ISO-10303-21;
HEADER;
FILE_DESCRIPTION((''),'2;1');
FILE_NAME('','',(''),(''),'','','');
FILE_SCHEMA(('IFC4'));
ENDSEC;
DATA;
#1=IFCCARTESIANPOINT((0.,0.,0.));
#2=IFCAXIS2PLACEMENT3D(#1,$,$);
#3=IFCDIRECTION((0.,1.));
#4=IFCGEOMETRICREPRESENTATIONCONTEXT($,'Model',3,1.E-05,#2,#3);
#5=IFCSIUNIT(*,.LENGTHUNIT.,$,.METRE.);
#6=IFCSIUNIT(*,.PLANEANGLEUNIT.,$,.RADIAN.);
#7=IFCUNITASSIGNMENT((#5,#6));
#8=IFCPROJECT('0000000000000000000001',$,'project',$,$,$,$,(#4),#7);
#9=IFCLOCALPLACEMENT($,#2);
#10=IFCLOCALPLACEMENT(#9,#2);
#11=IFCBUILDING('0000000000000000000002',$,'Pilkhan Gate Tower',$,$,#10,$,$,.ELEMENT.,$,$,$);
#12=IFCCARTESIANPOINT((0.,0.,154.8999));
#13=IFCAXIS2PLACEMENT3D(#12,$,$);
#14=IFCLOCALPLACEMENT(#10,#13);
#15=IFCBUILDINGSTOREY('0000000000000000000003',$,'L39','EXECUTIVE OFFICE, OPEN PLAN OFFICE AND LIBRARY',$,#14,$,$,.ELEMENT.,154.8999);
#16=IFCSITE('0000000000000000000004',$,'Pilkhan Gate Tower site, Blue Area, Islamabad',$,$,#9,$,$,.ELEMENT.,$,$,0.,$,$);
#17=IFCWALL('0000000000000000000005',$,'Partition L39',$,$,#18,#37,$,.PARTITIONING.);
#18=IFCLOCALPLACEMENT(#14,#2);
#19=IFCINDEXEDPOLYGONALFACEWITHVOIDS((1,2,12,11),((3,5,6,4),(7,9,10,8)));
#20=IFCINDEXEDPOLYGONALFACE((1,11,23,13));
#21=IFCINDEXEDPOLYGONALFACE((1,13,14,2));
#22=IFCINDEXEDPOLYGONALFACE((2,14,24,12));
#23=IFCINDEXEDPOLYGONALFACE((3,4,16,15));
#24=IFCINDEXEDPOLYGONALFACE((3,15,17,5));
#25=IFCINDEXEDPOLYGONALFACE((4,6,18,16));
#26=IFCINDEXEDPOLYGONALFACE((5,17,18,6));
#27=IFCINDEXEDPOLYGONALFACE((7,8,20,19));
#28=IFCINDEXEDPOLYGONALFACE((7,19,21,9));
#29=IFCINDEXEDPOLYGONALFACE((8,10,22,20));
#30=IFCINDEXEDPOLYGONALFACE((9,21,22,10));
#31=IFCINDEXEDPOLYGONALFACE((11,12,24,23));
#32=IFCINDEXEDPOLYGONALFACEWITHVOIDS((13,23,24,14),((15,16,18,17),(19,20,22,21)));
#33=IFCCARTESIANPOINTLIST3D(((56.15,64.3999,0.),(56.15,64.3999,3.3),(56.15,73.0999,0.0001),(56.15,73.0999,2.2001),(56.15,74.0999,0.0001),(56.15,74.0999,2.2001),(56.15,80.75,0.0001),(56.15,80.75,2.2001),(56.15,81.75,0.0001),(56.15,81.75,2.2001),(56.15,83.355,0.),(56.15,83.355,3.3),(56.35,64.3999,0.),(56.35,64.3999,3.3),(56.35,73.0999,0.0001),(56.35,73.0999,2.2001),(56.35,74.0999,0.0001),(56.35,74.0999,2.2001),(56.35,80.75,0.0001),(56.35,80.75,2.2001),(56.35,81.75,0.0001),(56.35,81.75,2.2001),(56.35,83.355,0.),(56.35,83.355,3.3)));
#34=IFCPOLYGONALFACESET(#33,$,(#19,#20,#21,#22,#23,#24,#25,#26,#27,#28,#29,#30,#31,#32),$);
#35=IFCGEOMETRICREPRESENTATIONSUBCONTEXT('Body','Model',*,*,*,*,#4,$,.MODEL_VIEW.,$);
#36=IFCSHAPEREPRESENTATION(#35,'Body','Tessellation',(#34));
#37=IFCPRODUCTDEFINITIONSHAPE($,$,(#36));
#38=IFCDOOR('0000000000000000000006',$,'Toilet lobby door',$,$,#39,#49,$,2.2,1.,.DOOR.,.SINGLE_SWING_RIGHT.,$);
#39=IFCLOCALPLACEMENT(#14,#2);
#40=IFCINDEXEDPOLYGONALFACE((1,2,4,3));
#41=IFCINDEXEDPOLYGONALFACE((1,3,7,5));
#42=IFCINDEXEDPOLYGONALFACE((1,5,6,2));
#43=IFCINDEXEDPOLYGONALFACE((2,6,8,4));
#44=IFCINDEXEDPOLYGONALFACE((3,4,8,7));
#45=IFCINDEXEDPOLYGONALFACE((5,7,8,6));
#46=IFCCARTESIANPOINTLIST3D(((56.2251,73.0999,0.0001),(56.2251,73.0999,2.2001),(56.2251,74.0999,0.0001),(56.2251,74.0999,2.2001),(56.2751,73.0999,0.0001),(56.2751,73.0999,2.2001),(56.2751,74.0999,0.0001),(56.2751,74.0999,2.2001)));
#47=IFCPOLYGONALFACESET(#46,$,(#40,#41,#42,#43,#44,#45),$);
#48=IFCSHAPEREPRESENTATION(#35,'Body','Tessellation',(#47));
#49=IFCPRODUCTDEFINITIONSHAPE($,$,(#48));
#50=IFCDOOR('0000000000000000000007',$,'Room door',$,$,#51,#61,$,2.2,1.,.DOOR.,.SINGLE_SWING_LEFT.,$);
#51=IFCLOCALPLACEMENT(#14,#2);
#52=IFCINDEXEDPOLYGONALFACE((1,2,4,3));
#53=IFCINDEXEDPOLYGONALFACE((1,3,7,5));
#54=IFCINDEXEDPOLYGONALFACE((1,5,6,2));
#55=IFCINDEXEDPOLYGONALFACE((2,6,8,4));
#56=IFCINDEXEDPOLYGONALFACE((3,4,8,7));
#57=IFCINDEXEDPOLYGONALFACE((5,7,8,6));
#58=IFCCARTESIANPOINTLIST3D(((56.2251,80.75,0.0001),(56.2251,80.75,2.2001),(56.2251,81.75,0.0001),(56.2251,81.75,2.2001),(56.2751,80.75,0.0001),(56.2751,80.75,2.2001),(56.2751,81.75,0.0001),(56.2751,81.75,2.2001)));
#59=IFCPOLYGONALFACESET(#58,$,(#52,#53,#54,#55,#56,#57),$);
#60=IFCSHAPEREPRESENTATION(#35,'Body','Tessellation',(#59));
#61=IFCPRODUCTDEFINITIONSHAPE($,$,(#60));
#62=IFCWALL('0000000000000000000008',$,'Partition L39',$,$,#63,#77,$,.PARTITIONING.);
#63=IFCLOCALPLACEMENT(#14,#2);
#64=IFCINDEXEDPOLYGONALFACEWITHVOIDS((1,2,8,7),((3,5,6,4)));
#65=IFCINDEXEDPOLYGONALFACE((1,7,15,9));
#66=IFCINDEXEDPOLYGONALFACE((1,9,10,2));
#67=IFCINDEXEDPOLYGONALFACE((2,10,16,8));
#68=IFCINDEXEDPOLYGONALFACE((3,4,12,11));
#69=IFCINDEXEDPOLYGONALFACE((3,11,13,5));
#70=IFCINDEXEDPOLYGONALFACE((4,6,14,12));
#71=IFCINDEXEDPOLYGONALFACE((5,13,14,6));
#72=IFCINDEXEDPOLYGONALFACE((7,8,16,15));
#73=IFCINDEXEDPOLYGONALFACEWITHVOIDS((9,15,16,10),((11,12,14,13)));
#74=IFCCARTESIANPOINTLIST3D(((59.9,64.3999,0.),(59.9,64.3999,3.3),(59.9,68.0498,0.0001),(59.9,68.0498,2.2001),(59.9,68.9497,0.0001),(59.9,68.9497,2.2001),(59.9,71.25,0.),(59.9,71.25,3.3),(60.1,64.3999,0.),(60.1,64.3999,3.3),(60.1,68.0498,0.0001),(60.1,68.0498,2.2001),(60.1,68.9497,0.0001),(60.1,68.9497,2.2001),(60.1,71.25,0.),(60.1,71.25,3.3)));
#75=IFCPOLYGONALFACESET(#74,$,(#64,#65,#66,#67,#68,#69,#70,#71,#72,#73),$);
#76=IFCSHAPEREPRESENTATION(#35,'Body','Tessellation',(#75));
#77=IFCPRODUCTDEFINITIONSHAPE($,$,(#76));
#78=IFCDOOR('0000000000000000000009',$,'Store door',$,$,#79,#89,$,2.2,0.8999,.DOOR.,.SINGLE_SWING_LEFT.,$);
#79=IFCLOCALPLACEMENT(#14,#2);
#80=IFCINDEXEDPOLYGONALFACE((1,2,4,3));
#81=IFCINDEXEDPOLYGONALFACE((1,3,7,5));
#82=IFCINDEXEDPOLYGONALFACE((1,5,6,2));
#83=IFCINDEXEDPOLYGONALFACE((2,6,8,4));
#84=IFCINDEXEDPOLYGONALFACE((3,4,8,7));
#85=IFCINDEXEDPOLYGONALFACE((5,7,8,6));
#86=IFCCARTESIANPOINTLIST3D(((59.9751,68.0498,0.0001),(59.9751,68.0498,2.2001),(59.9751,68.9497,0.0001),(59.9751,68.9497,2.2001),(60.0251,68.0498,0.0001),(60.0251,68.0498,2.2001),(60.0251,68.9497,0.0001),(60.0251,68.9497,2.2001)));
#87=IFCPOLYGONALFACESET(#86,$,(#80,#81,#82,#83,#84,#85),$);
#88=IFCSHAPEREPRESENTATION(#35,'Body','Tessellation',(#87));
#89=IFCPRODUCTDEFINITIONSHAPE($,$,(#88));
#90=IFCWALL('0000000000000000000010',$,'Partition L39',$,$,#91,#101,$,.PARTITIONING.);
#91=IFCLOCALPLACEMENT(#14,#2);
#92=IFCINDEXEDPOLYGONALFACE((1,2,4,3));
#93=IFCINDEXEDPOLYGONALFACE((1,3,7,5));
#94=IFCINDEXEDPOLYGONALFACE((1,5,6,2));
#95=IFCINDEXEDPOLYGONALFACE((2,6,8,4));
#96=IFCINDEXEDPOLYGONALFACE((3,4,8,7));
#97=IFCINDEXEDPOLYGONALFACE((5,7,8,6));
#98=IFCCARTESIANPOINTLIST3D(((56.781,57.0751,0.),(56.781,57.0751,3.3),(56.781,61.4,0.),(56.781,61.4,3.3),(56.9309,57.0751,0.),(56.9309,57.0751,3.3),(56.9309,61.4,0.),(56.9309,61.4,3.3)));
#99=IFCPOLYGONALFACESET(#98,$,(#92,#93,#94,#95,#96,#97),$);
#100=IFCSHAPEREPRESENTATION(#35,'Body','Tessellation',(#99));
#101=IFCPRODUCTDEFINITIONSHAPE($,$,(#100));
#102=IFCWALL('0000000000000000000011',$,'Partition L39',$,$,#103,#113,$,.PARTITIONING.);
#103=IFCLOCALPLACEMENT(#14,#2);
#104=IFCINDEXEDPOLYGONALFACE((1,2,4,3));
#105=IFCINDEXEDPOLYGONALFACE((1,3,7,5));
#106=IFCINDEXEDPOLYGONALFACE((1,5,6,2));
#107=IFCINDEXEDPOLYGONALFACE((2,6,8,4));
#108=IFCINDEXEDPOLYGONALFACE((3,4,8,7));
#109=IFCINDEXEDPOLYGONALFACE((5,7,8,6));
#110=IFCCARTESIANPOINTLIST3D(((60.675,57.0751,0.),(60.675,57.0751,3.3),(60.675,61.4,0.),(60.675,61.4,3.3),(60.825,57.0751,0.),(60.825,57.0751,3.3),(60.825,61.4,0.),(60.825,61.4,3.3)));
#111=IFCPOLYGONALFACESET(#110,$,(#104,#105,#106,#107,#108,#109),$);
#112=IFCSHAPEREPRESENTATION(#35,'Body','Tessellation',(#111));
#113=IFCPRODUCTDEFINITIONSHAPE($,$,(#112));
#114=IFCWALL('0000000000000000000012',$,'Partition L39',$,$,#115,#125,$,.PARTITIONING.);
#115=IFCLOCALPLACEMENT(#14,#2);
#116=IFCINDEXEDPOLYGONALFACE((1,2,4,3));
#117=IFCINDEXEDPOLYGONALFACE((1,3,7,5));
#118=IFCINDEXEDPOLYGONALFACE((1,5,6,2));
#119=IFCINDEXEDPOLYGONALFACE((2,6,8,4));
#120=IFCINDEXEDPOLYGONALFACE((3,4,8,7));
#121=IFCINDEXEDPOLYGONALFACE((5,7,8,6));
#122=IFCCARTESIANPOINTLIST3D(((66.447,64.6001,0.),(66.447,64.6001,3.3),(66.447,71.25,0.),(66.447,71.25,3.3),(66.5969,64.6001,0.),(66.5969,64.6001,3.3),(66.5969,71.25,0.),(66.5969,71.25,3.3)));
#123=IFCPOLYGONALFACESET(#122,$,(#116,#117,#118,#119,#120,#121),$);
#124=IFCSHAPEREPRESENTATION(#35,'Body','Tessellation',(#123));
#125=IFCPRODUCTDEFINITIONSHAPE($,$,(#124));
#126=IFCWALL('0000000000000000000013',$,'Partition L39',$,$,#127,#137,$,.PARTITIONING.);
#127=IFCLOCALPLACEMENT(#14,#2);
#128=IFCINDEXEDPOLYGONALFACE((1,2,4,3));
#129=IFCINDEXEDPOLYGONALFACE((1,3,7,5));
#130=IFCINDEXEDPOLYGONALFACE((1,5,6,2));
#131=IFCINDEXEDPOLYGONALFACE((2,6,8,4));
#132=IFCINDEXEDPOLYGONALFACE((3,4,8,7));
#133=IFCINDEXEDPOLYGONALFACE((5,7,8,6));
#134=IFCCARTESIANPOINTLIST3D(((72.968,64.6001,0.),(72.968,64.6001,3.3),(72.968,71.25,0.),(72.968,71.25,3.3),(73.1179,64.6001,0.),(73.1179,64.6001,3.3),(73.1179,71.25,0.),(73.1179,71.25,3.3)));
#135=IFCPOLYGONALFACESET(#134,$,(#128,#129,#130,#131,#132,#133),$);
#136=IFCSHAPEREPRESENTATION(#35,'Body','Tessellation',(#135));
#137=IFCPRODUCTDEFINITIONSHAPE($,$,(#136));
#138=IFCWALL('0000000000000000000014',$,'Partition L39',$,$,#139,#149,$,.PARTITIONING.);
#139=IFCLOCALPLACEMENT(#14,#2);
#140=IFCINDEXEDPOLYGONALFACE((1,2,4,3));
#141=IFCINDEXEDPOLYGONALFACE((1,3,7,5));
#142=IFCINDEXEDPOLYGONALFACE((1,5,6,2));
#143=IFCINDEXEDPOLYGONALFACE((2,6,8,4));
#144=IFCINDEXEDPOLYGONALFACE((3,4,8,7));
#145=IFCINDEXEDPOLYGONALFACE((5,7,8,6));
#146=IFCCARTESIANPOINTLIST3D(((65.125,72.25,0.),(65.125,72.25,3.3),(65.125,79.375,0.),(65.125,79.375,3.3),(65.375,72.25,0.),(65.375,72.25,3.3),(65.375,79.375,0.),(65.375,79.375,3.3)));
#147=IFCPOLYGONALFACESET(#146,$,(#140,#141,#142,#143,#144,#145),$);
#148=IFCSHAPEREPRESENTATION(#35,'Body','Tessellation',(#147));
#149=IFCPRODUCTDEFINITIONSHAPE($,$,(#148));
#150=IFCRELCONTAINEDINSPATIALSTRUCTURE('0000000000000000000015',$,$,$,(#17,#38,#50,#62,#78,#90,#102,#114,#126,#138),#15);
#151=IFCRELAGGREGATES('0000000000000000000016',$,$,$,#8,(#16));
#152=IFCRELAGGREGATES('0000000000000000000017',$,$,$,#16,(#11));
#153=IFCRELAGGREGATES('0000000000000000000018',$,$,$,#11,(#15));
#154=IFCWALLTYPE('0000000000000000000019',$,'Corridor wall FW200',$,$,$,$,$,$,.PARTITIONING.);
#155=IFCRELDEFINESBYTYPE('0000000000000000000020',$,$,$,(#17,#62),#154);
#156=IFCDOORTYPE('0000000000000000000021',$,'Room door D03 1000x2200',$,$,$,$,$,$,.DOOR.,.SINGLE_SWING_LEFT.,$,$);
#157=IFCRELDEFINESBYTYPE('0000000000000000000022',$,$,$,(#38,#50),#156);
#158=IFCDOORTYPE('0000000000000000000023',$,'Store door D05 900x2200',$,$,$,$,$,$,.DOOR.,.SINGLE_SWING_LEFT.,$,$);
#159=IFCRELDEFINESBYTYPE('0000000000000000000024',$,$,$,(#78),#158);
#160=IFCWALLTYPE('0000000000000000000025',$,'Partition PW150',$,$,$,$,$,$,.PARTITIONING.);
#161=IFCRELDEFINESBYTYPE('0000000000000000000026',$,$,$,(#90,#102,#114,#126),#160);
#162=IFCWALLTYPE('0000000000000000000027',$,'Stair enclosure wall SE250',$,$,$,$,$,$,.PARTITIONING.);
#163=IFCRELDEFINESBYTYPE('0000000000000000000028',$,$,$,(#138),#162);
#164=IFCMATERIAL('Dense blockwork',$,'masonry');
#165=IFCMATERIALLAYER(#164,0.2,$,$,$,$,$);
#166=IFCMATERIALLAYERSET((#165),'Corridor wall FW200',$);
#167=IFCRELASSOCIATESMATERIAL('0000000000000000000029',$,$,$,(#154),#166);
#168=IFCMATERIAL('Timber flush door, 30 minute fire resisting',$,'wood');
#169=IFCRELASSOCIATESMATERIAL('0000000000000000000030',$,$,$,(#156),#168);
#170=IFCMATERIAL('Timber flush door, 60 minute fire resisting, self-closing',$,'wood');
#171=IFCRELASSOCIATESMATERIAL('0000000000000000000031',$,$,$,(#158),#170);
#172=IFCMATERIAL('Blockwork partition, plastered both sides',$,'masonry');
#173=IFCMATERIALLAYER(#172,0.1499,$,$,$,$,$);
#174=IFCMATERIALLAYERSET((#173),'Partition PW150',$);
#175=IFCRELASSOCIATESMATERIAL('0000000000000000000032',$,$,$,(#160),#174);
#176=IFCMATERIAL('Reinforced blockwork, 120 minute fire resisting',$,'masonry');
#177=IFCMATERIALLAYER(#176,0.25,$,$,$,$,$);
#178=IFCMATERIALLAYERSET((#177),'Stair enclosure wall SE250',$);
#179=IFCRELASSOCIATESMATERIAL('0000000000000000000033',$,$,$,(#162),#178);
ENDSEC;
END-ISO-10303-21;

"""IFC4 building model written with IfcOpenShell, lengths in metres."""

from ifc_helpers import new_model, si_unit, direction, frame, frame_2d, origin, place, context, subcontext, project, spatial, rectangle, extrude, material, layer, layer_set, type_object, element, fill, save


model = new_model("IFC4")

# Units and contexts
model_context = context("Model", 3, precision=1e-05, world=origin(), true_north=direction((0.0, 1.0)))
body_context = subcontext(model_context, "Body", "Model", "MODEL_VIEW")
ifc_project = project(units=[si_unit("LENGTHUNIT", "METRE"), si_unit("PLANEANGLEUNIT", "RADIAN")], contexts=[model_context])

# Site, building, storey
site_placement = place(None, origin())
site = spatial("IfcSite", under=ifc_project, at=site_placement, Name="Pilkhan Gate Tower site, Blue Area, Islamabad", CompositionType="ELEMENT", RefElevation=0.0)
building_placement = place(site_placement, origin())
building = spatial("IfcBuilding", under=site, at=building_placement, Name="Pilkhan Gate Tower", CompositionType="ELEMENT")
storey_placement = place(building_placement, frame((0.0, 0.0, 154.8999)))
storey = spatial("IfcBuildingStorey", under=building, at=storey_placement, Name="L39", Description="EXECUTIVE OFFICE, OPEN PLAN OFFICE AND LIBRARY", CompositionType="ELEMENT", Elevation=154.8999)

# Wall, openings, doors
ifc_material_1 = material(Name="Dense blockwork", Category="masonry")
ifc_layer_1 = layer(ifc_material_1, 0.2)
ifc_layer_set_1 = layer_set([ifc_layer_1], Name="Corridor wall FW200")
wall_type_1 = type_object("IfcWallType", Name="Corridor wall FW200", PredefinedType="PARTITIONING", material=ifc_layer_set_1)
ifc_material_2 = material(Name="Timber flush door, 30 minute fire resisting", Category="wood")
door_type_1 = type_object("IfcDoorType", Name="Room door D03 1000x2200", OperationType="SINGLE_SWING_LEFT", PredefinedType="DOOR", material=ifc_material_2)
wall_1_placement = place(storey_placement, frame((56.25, 64.3999, 0.0), z_axis=(0.0, 0.0, 1.0), x_axis=(0.0, 1.0, 0.0)))
wall_1 = element("IfcWall", 1, at=wall_1_placement, inside=storey, type_object=wall_type_1, Name="Partition L39", PredefinedType="PARTITIONING", context=body_context, shape_type="SweptSolid", body=[
    extrude(rectangle(XDim=18.9551, YDim=0.2, at=frame_2d((9.4775, 0.0))), origin(), (0.0, 0.0, 1.0), 3.3),
])
opening_1_placement = place(wall_1_placement, frame((8.7, 0.0, 0.0)))
opening_1 = element("IfcOpeningElement", 2, at=opening_1_placement, cuts=wall_1, PredefinedType="OPENING", context=body_context, shape_type="SweptSolid", body=[
    extrude(rectangle(XDim=1.0, YDim=2.2, at=frame_2d((0.5, 1.1001))), frame((0.0, 0.1099, 0.0), z_axis=(0.0, -1.0, 0.0), x_axis=(1.0, 0.0, 0.0)), (0.0, 0.0, 1.0), 0.22),
])
opening_2_placement = place(wall_1_placement, frame((16.3501, 0.0, 0.0)))
opening_2 = element("IfcOpeningElement", 3, at=opening_2_placement, cuts=wall_1, PredefinedType="OPENING", context=body_context, shape_type="SweptSolid", body=[
    extrude(rectangle(XDim=1.0, YDim=2.2, at=frame_2d((0.5, 1.1001))), frame((0.0, 0.1099, 0.0), z_axis=(0.0, -1.0, 0.0), x_axis=(1.0, 0.0, 0.0)), (0.0, 0.0, 1.0), 0.22),
])
door_1_placement = place(opening_1_placement, origin())
door_1 = element("IfcDoor", 4, at=door_1_placement, inside=storey, type_object=door_type_1, Name="Toilet lobby door", OperationType="SINGLE_SWING_RIGHT", OverallHeight=2.2, OverallWidth=1.0, PredefinedType="DOOR", context=body_context, shape_type="SweptSolid", body=[
    extrude(rectangle(XDim=1.0, YDim=2.2, at=frame_2d((0.5, 1.1001))), frame((0.0, 0.0249, 0.0), z_axis=(0.0, -1.0, 0.0), x_axis=(1.0, 0.0, 0.0)), (0.0, 0.0, 1.0), 0.05),
])
fill(opening_1, door_1)
door_2_placement = place(opening_2_placement, origin())
door_2 = element("IfcDoor", 5, at=door_2_placement, inside=storey, type_object=door_type_1, Name="Room door", OperationType="SINGLE_SWING_LEFT", OverallHeight=2.2, OverallWidth=1.0, PredefinedType="DOOR", context=body_context, shape_type="SweptSolid", body=[
    extrude(rectangle(XDim=1.0, YDim=2.2, at=frame_2d((0.5, 1.1001))), frame((0.0, 0.0249, 0.0), z_axis=(0.0, -1.0, 0.0), x_axis=(1.0, 0.0, 0.0)), (0.0, 0.0, 1.0), 0.05),
])
fill(opening_2, door_2)

# Wall, opening, door
wall_2_placement = place(storey_placement, frame((60.0, 64.3999, 0.0), z_axis=(0.0, 0.0, 1.0), x_axis=(0.0, 1.0, 0.0)))
wall_2 = element("IfcWall", 6, at=wall_2_placement, inside=storey, type_object=wall_type_1, Name="Partition L39", PredefinedType="PARTITIONING", context=body_context, shape_type="SweptSolid", body=[
    extrude(rectangle(XDim=6.8501, YDim=0.2, at=frame_2d((3.425, 0.0))), origin(), (0.0, 0.0, 1.0), 3.3),
])
opening_3_placement = place(wall_2_placement, frame((3.6499, 0.0, 0.0)))
opening_3 = element("IfcOpeningElement", 7, at=opening_3_placement, cuts=wall_2, PredefinedType="OPENING", context=body_context, shape_type="SweptSolid", body=[
    extrude(rectangle(XDim=0.8999, YDim=2.2, at=frame_2d((0.45, 1.1001))), frame((0.0, 0.1099, 0.0), z_axis=(0.0, -1.0, 0.0), x_axis=(1.0, 0.0, 0.0)), (0.0, 0.0, 1.0), 0.22),
])
ifc_material_3 = material(Name="Timber flush door, 60 minute fire resisting, self-closing", Category="wood")
door_type_2 = type_object("IfcDoorType", Name="Store door D05 900x2200", OperationType="SINGLE_SWING_LEFT", PredefinedType="DOOR", material=ifc_material_3)
door_3_placement = place(opening_3_placement, origin())
door_3 = element("IfcDoor", 8, at=door_3_placement, inside=storey, type_object=door_type_2, Name="Store door", OperationType="SINGLE_SWING_LEFT", OverallHeight=2.2, OverallWidth=0.8999, PredefinedType="DOOR", context=body_context, shape_type="SweptSolid", body=[
    extrude(rectangle(XDim=0.8999, YDim=2.2, at=frame_2d((0.45, 1.1001))), frame((0.0, 0.0249, 0.0), z_axis=(0.0, -1.0, 0.0), x_axis=(1.0, 0.0, 0.0)), (0.0, 0.0, 1.0), 0.05),
])
fill(opening_3, door_3)

# Walls
ifc_material_4 = material(Name="Blockwork partition, plastered both sides", Category="masonry")
ifc_layer_2 = layer(ifc_material_4, 0.1499)
ifc_layer_set_2 = layer_set([ifc_layer_2], Name="Partition PW150")
wall_type_2 = type_object("IfcWallType", Name="Partition PW150", PredefinedType="PARTITIONING", material=ifc_layer_set_2)
for number, where, z_axis, x_axis, name in (
    (9, (56.856, 57.075, 0.0), (0.0, 0.0, 1.0), (0.0, 1.0, 0.0), "Partition L39"),
    (10, (60.75, 57.075, 0.0), (0.0, 0.0, 1.0), (0.0, 1.0, 0.0), "Partition L39"),
):
    element("IfcWall", number, at=place(storey_placement, frame(where, z_axis=z_axis, x_axis=x_axis)), inside=storey, type_object=wall_type_2, Name=name, PredefinedType="PARTITIONING", context=body_context, shape_type="SweptSolid", body=[
        extrude(rectangle(XDim=4.325, YDim=0.1499, at=frame_2d((2.1626, 0.0))), origin(), (0.0, 0.0, 1.0), 3.3),
    ])
for number, where, z_axis, x_axis, name in (
    (11, (66.522, 64.6001, 0.0), (0.0, 0.0, 1.0), (0.0, 1.0, 0.0), "Partition L39"),
    (12, (73.043, 64.6001, 0.0), (0.0, 0.0, 1.0), (0.0, 1.0, 0.0), "Partition L39"),
):
    element("IfcWall", number, at=place(storey_placement, frame(where, z_axis=z_axis, x_axis=x_axis)), inside=storey, type_object=wall_type_2, Name=name, PredefinedType="PARTITIONING", context=body_context, shape_type="SweptSolid", body=[
        extrude(rectangle(XDim=6.6499, YDim=0.1499, at=frame_2d((3.325, 0.0))), origin(), (0.0, 0.0, 1.0), 3.3),
    ])
ifc_material_5 = material(Name="Reinforced blockwork, 120 minute fire resisting", Category="masonry")
ifc_layer_3 = layer(ifc_material_5, 0.25)
ifc_layer_set_3 = layer_set([ifc_layer_3], Name="Stair enclosure wall SE250")
wall_type_3 = type_object("IfcWallType", Name="Stair enclosure wall SE250", PredefinedType="PARTITIONING", material=ifc_layer_set_3)
wall_3_placement = place(storey_placement, frame((65.25, 72.25, 0.0), z_axis=(0.0, 0.0, 1.0), x_axis=(0.0, 1.0, 0.0)))
element("IfcWall", 13, at=wall_3_placement, inside=storey, type_object=wall_type_3, Name="Partition L39", PredefinedType="PARTITIONING", context=body_context, shape_type="SweptSolid", body=[
    extrude(rectangle(XDim=7.125, YDim=0.25, at=frame_2d((3.5625, 0.0))), origin(), (0.0, 0.0, 1.0), 3.3),
])

save(model, "model.ifc")
